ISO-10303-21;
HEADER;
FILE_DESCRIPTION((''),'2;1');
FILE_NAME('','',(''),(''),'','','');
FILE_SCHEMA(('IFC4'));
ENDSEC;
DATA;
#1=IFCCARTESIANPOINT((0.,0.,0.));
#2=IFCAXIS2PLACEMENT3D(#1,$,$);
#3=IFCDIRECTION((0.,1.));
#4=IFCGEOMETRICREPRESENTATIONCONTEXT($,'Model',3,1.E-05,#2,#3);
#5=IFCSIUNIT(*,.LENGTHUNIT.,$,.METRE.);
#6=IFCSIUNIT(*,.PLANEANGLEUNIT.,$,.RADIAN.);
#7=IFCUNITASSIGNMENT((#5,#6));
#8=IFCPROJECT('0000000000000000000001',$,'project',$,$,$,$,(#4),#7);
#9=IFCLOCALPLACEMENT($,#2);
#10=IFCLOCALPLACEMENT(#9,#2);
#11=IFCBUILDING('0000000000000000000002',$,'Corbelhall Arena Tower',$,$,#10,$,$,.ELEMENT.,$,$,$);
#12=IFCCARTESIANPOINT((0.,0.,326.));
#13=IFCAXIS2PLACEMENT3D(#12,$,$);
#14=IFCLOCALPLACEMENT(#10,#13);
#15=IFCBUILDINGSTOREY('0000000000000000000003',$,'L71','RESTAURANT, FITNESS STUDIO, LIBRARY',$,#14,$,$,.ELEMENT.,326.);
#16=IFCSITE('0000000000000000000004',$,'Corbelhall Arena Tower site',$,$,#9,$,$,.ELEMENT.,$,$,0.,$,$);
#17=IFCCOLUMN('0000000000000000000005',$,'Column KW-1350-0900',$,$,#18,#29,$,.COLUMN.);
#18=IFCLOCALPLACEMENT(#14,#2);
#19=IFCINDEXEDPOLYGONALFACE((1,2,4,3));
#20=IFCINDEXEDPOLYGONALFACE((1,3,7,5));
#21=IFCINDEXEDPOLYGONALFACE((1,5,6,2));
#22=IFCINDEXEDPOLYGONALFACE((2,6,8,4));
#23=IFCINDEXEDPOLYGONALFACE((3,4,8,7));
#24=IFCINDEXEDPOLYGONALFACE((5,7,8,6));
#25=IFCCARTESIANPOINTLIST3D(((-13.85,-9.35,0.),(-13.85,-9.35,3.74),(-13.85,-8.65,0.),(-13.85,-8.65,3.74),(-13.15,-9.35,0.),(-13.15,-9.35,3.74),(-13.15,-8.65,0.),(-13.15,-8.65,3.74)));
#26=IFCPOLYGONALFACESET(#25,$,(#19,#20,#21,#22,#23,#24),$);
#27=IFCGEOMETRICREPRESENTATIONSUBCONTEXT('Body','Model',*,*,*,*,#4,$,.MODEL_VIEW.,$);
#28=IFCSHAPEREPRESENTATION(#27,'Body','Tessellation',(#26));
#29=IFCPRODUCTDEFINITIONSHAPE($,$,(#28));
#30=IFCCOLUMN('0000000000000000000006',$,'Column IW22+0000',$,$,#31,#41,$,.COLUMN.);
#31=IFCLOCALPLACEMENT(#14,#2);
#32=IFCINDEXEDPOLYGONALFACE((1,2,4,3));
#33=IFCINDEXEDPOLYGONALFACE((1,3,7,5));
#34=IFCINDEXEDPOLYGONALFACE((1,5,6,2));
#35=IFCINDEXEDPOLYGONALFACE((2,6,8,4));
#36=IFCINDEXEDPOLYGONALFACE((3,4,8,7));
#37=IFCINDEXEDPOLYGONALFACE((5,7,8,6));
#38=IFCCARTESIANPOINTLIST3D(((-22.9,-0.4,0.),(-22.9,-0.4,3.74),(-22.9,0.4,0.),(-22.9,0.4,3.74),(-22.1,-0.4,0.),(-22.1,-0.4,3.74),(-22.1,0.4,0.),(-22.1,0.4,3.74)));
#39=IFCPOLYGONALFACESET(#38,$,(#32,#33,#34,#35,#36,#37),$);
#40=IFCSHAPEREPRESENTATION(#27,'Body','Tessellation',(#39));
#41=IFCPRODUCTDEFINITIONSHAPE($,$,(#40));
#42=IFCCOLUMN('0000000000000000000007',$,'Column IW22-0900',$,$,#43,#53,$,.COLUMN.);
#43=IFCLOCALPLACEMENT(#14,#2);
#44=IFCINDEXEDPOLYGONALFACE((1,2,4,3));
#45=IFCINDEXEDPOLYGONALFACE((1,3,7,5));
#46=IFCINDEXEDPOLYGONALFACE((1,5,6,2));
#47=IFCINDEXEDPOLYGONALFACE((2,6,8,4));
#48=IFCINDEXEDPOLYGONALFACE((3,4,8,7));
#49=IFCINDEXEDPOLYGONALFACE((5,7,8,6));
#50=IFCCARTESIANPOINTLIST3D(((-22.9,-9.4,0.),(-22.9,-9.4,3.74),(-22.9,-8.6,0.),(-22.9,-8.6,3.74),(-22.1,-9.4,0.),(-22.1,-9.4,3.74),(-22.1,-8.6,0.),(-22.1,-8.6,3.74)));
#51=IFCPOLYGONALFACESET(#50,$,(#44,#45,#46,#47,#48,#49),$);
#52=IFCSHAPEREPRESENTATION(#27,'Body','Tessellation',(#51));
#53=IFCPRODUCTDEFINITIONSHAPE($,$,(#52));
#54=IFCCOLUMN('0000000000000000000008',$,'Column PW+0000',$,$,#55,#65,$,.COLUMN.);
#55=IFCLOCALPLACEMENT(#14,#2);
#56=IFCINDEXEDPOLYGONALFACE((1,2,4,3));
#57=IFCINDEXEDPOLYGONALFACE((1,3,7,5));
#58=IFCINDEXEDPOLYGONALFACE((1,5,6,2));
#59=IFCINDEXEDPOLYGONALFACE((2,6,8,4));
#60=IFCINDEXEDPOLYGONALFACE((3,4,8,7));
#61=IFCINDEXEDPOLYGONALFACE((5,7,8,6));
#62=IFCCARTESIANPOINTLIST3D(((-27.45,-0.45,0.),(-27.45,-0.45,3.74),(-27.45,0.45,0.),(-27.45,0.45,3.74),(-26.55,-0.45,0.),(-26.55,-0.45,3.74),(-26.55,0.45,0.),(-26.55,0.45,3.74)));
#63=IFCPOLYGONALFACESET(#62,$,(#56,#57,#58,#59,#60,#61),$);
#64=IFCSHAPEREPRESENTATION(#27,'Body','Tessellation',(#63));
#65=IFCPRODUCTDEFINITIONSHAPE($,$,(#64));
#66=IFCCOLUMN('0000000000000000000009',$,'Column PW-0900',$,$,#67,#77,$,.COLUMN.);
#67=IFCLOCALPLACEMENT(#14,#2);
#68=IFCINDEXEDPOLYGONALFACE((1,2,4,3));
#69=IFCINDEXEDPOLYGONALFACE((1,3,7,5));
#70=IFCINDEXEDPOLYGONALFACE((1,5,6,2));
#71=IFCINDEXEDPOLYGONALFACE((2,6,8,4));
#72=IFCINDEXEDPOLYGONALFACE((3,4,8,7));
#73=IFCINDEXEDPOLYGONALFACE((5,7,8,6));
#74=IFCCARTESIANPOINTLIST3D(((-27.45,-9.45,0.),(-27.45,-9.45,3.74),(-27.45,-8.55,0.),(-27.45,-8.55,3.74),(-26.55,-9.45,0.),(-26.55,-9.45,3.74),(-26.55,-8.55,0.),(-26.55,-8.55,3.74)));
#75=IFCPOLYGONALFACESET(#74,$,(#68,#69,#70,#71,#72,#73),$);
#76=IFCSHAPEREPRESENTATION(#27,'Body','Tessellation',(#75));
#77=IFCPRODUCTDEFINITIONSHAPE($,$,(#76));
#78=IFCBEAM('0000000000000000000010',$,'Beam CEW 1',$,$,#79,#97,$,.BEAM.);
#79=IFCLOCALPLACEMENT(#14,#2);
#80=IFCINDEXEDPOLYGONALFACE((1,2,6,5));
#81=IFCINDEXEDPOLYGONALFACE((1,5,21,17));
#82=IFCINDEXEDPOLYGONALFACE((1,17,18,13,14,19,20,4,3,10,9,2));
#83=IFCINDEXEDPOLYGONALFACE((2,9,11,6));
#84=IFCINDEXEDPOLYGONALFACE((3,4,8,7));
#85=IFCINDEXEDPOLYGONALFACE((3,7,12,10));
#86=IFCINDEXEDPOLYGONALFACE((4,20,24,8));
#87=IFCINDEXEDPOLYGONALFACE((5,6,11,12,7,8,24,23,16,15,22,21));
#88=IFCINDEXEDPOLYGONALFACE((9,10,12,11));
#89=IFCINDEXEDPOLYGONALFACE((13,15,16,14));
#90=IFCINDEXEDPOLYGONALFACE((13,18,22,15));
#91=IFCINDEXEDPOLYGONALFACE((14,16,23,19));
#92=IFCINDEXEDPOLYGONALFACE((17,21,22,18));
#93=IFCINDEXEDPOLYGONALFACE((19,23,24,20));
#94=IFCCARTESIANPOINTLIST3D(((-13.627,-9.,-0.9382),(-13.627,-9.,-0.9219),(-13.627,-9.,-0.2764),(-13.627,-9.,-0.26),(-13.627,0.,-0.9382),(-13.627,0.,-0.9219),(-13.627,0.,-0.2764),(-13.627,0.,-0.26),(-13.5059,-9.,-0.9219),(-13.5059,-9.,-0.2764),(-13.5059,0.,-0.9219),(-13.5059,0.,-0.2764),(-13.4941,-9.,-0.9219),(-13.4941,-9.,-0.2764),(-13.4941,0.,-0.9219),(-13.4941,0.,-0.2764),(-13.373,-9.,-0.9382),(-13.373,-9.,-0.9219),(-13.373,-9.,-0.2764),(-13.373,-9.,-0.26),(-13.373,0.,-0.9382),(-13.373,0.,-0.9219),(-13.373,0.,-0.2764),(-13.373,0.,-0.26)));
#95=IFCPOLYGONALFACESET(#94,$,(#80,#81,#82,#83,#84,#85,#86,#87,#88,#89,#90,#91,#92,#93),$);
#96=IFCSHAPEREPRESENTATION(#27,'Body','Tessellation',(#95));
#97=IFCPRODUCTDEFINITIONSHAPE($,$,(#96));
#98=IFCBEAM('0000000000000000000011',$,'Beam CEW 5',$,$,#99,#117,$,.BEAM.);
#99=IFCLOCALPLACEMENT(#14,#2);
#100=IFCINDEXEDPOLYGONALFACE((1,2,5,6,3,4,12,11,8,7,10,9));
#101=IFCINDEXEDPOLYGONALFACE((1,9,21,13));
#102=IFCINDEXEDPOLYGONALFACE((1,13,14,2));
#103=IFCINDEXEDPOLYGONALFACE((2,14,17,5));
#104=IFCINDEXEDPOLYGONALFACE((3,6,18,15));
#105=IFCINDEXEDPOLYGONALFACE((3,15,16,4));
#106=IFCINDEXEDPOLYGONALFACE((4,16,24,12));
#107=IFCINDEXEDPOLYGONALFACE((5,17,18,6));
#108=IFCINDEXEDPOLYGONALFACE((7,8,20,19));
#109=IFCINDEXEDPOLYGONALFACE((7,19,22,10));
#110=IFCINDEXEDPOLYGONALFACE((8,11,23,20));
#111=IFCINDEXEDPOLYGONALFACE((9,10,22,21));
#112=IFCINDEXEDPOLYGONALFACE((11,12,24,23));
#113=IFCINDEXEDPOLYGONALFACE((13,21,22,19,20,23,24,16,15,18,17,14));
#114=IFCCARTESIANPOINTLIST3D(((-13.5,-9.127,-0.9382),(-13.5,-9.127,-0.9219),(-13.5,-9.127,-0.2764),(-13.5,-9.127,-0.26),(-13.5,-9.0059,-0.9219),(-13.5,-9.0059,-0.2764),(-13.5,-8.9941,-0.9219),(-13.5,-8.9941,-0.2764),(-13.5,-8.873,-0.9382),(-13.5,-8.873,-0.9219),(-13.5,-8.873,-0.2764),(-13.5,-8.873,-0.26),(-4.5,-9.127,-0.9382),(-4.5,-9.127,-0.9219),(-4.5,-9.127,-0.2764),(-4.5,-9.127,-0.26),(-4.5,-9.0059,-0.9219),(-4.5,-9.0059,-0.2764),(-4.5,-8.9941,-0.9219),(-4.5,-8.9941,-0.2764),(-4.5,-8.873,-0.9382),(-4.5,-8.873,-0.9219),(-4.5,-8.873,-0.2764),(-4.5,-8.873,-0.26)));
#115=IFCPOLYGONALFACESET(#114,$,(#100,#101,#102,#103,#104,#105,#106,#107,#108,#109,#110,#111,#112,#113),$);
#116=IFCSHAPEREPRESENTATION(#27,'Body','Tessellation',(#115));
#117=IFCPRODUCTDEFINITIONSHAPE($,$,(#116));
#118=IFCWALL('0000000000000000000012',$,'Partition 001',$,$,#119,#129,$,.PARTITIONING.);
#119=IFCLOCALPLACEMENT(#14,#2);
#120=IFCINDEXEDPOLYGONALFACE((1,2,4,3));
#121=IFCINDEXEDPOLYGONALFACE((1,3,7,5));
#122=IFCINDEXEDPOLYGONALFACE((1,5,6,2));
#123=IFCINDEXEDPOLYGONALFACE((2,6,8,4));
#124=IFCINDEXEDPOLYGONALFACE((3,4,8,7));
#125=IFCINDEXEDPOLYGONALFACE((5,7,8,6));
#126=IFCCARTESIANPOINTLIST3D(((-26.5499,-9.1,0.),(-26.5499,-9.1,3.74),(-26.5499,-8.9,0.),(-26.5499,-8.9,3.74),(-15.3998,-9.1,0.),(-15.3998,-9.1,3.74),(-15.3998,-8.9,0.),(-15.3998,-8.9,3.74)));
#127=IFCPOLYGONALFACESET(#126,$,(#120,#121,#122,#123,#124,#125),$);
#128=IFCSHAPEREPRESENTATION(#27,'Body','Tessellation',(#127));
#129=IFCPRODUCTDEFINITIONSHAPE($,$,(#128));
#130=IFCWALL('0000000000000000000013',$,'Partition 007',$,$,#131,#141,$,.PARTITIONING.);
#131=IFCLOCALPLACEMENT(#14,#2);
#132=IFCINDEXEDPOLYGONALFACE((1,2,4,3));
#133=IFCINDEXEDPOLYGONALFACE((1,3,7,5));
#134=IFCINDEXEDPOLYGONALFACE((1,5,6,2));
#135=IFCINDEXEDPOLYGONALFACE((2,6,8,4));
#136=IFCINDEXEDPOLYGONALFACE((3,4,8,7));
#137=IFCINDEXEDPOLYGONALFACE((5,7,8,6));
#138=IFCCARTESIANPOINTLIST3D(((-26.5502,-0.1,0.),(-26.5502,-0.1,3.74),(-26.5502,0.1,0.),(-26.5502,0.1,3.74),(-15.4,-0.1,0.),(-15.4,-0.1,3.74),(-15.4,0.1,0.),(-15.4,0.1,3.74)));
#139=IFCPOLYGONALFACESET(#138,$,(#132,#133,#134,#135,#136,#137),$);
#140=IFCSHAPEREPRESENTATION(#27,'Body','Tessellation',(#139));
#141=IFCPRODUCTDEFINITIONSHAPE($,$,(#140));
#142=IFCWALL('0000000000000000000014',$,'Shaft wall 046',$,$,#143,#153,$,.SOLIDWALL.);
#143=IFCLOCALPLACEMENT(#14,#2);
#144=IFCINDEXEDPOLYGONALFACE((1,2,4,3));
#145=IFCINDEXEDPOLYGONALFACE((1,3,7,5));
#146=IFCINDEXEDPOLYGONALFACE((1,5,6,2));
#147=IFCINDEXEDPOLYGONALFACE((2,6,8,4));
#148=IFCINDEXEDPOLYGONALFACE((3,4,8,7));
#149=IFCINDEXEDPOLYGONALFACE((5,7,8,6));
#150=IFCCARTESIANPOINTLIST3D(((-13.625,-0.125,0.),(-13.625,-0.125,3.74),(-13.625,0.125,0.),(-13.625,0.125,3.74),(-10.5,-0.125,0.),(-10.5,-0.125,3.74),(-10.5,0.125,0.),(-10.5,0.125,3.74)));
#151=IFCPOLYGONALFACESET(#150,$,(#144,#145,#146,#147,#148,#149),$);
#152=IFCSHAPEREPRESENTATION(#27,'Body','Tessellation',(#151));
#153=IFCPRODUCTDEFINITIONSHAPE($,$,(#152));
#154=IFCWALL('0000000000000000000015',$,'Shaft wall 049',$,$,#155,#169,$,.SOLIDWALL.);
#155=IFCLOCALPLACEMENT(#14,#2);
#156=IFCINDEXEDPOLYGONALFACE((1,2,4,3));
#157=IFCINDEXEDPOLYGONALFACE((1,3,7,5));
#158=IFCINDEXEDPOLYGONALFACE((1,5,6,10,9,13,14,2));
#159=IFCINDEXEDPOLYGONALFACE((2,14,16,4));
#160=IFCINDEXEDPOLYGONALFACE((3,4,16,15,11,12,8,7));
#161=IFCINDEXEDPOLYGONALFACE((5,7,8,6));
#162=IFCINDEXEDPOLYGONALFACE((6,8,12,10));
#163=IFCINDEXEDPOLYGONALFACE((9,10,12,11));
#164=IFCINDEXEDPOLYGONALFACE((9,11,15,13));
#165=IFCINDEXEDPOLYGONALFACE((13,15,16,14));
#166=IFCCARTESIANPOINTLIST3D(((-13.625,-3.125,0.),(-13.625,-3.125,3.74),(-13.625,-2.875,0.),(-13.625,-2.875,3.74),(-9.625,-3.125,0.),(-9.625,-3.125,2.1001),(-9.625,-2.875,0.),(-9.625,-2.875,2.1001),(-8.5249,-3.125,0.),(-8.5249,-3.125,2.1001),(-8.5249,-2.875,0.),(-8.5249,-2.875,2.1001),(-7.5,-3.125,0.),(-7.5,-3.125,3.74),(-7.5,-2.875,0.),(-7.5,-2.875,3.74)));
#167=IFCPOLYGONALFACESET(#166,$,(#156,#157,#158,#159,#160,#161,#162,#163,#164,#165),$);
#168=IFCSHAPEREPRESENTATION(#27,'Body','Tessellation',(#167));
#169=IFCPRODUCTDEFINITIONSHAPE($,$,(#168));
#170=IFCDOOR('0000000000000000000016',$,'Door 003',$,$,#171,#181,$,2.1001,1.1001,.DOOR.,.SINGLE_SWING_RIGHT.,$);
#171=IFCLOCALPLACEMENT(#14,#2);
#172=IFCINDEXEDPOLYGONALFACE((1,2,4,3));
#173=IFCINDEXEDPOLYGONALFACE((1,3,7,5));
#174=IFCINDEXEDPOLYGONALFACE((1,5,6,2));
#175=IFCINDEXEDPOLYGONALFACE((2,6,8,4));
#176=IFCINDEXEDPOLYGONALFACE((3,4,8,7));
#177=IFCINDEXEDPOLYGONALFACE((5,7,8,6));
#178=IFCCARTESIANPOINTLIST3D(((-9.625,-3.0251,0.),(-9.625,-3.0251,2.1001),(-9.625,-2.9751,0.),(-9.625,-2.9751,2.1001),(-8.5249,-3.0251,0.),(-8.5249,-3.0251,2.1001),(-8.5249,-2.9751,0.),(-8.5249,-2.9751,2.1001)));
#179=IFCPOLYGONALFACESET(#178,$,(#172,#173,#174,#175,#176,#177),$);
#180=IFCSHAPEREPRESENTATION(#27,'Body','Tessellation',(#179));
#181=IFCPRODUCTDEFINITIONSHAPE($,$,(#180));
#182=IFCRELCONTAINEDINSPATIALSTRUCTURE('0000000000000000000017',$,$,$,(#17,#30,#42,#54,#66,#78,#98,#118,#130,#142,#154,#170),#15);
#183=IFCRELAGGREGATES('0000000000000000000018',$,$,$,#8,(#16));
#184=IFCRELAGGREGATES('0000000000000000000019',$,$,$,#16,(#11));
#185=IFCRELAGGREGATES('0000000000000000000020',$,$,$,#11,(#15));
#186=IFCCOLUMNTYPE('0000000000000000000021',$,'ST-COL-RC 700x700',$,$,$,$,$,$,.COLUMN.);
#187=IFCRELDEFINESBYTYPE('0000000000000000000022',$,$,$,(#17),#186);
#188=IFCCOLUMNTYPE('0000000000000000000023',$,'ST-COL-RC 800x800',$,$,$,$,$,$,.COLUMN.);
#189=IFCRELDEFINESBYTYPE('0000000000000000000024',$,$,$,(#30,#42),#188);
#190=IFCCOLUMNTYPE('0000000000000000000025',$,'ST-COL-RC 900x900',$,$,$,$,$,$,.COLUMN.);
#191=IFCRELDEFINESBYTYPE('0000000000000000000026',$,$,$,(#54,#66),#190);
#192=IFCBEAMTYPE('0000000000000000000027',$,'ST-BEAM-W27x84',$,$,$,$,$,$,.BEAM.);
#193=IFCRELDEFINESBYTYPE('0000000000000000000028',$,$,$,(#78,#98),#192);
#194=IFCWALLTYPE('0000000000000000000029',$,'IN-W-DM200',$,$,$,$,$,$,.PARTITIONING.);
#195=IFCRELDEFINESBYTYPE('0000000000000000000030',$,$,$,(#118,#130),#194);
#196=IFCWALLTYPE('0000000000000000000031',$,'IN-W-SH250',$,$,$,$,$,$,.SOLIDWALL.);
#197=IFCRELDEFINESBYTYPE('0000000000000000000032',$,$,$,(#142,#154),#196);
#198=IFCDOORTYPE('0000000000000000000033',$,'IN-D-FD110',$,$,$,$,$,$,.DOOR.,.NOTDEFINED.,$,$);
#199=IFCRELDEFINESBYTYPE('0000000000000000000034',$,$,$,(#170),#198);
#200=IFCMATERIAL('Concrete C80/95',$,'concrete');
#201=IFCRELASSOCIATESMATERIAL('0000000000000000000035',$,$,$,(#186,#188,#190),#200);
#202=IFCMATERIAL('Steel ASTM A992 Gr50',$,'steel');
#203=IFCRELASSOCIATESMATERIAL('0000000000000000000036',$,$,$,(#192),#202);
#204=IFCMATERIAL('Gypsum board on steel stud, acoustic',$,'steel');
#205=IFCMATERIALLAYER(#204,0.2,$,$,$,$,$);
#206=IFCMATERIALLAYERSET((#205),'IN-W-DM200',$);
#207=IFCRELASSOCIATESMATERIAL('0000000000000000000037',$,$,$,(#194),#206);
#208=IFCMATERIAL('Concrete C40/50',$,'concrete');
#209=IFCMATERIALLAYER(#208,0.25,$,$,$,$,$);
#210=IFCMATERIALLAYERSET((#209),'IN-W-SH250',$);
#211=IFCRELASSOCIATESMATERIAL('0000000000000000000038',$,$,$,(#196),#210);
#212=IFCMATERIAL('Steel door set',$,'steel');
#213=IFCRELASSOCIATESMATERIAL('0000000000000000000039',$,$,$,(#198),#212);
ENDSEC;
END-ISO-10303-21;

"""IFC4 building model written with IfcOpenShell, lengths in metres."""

from ifc_helpers import new_model, si_unit, direction, frame, frame_2d, origin, origin_2d, place, context, subcontext, project, spatial, rectangle, i_section, extrude, material, layer, layer_set, material_profile, profile_set, type_object, element, fill, save


model = new_model("IFC4")

# Units and contexts
model_context = context("Model", 3, precision=1e-05, world=origin(), true_north=direction((0.0, 1.0)))
body_context = subcontext(model_context, "Body", "Model", "MODEL_VIEW")
ifc_project = project(units=[si_unit("LENGTHUNIT", "METRE"), si_unit("PLANEANGLEUNIT", "RADIAN")], contexts=[model_context])

# Site, building, storey
site_placement = place(None, origin())
site = spatial("IfcSite", under=ifc_project, at=site_placement, Name="Corbelhall Arena Tower site", CompositionType="ELEMENT", RefElevation=0.0)
building_placement = place(site_placement, origin())
building = spatial("IfcBuilding", under=site, at=building_placement, Name="Corbelhall Arena Tower", CompositionType="ELEMENT")
storey_placement = place(building_placement, frame((0.0, 0.0, 326.0)))
storey = spatial("IfcBuildingStorey", under=building, at=storey_placement, Name="L71", Description="RESTAURANT, FITNESS STUDIO, LIBRARY", CompositionType="ELEMENT", Elevation=326.0)

# Columns
ifc_material_1 = material(Name="Concrete C80/95", Category="concrete")
ifc_material_profile_1 = material_profile(ifc_material_1, rectangle(XDim=0.7, YDim=0.7, at=origin_2d()))
ifc_profile_set_1 = profile_set([ifc_material_profile_1], Name="Concrete C80/95")
column_type_1 = type_object("IfcColumnType", Name="ST-COL-RC 700x700", PredefinedType="COLUMN", material=ifc_profile_set_1)
column_placement = place(storey_placement, frame((-13.5, -9.0, 0.0), z_axis=(0.0, 0.0, 1.0), x_axis=(1.0, 0.0, 0.0)))
element("IfcColumn", 1, at=column_placement, inside=storey, type_object=column_type_1, Name="Column KW-1350-0900", PredefinedType="COLUMN", context=body_context, shape_type="SweptSolid", body=[
    extrude(rectangle(XDim=0.7, YDim=0.7, at=origin_2d()), origin(), (0.0, 0.0, 1.0), 3.74),
])
ifc_material_profile_2 = material_profile(ifc_material_1, rectangle(XDim=0.8, YDim=0.8, at=origin_2d()))
ifc_profile_set_2 = profile_set([ifc_material_profile_2], Name="Concrete C80/95")
column_type_2 = type_object("IfcColumnType", Name="ST-COL-RC 800x800", PredefinedType="COLUMN", material=ifc_profile_set_2)
for number, where, z_axis, x_axis, name in (
    (2, (-22.5, 0.0, 0.0), (0.0, 0.0, 1.0), (1.0, 0.0, 0.0), "Column IW22+0000"),
    (3, (-22.5, -9.0, 0.0), (0.0, 0.0, 1.0), (1.0, 0.0, 0.0), "Column IW22-0900"),
):
    element("IfcColumn", number, at=place(storey_placement, frame(where, z_axis=z_axis, x_axis=x_axis)), inside=storey, type_object=column_type_2, Name=name, PredefinedType="COLUMN", context=body_context, shape_type="SweptSolid", body=[
        extrude(rectangle(XDim=0.8, YDim=0.8, at=origin_2d()), origin(), (0.0, 0.0, 1.0), 3.74),
    ])
ifc_material_profile_3 = material_profile(ifc_material_1, rectangle(XDim=0.8999, YDim=0.8999, at=origin_2d()))
ifc_profile_set_3 = profile_set([ifc_material_profile_3], Name="Concrete C80/95")
column_type_3 = type_object("IfcColumnType", Name="ST-COL-RC 900x900", PredefinedType="COLUMN", material=ifc_profile_set_3)
for number, where, z_axis, x_axis, name in (
    (4, (-27.0, 0.0, 0.0), (0.0, 0.0, 1.0), (0.0, 1.0, 0.0), "Column PW+0000"),
    (5, (-27.0, -9.0, 0.0), (0.0, 0.0, 1.0), (0.0, 1.0, 0.0), "Column PW-0900"),
):
    element("IfcColumn", number, at=place(storey_placement, frame(where, z_axis=z_axis, x_axis=x_axis)), inside=storey, type_object=column_type_3, Name=name, PredefinedType="COLUMN", context=body_context, shape_type="SweptSolid", body=[
        extrude(rectangle(XDim=0.8999, YDim=0.8999, at=origin_2d()), origin(), (0.0, 0.0, 1.0), 3.74),
    ])

# Beams
ifc_material_2 = material(Name="Steel ASTM A992 Gr50", Category="steel")
ifc_material_profile_4 = material_profile(ifc_material_2, i_section(OverallWidth=0.2539, OverallDepth=0.6782, WebThickness=0.0117, FlangeThickness=0.0164, at=origin_2d()))
ifc_profile_set_4 = profile_set([ifc_material_profile_4], Name="Steel ASTM A992 Gr50")
beam_type = type_object("IfcBeamType", Name="ST-BEAM-W27x84", PredefinedType="BEAM", material=ifc_profile_set_4)
for number, where, z_axis, x_axis, name in (
    (6, (-13.5, -9.0, -0.5991), (0.0, 1.0, 0.0), (-1.0, 0.0, 0.0), "Beam CEW 1"),
    (7, (-13.5, -9.0, -0.5991), (1.0, 0.0, 0.0), (0.0, 1.0, 0.0), "Beam CEW 5"),
):
    element("IfcBeam", number, at=place(storey_placement, frame(where, z_axis=z_axis, x_axis=x_axis)), inside=storey, type_object=beam_type, Name=name, PredefinedType="BEAM", context=body_context, shape_type="SweptSolid", body=[
        extrude(i_section(OverallWidth=0.2539, OverallDepth=0.6782, WebThickness=0.0117, FlangeThickness=0.0164, at=origin_2d()), origin(), (0.0, 0.0, 1.0), 9.0),
    ])

# Wall
ifc_material_3 = material(Name="Gypsum board on steel stud, acoustic", Category="steel")
ifc_layer_1 = layer(ifc_material_3, 0.2)
ifc_layer_set_1 = layer_set([ifc_layer_1], Name="IN-W-DM200")
wall_type_1 = type_object("IfcWallType", Name="IN-W-DM200", PredefinedType="PARTITIONING", material=ifc_layer_set_1)
wall_1_placement = place(storey_placement, frame((-26.55, -9.0, 0.0), z_axis=(0.0, 0.0, 1.0), x_axis=(1.0, 0.0, 0.0)))
element("IfcWall", 8, at=wall_1_placement, inside=storey, type_object=wall_type_1, Name="Partition 001", PredefinedType="PARTITIONING", context=body_context, shape_type="SweptSolid", body=[
    extrude(rectangle(XDim=11.1501, YDim=0.2, at=frame_2d((5.5752, 0.0))), origin(), (0.0, 0.0, 1.0), 3.74),
])

# Shared definitions
ifc_material_4 = material(Name="Steel door set", Category="steel")

# Walls
wall_2_placement = place(storey_placement, frame((-15.3999, 0.0, 0.0), z_axis=(0.0, 0.0, 1.0), x_axis=(-1.0, 0.0, 0.0)))
element("IfcWall", 9, at=wall_2_placement, inside=storey, type_object=wall_type_1, Name="Partition 007", PredefinedType="PARTITIONING", context=body_context, shape_type="SweptSolid", body=[
    extrude(rectangle(XDim=11.1501, YDim=0.2, at=frame_2d((5.5752, 0.0))), origin(), (0.0, 0.0, 1.0), 3.74),
])
ifc_material_5 = material(Name="Concrete C40/50", Category="concrete")
ifc_layer_2 = layer(ifc_material_5, 0.25)
ifc_layer_set_2 = layer_set([ifc_layer_2], Name="IN-W-SH250")
wall_type_2 = type_object("IfcWallType", Name="IN-W-SH250", PredefinedType="SOLIDWALL", material=ifc_layer_set_2)
wall_3_placement = place(storey_placement, frame((-13.625, 0.0, 0.0), z_axis=(0.0, 0.0, 1.0), x_axis=(1.0, 0.0, 0.0)))
element("IfcWall", 10, at=wall_3_placement, inside=storey, type_object=wall_type_2, Name="Shaft wall 046", PredefinedType="SOLIDWALL", context=body_context, shape_type="SweptSolid", body=[
    extrude(rectangle(XDim=3.125, YDim=0.25, at=frame_2d((1.5625, 0.0))), origin(), (0.0, 0.0, 1.0), 3.74),
])

# Wall, opening, door
wall_4_placement = place(storey_placement, frame((-13.625, -3.0, 0.0), z_axis=(0.0, 0.0, 1.0), x_axis=(1.0, 0.0, 0.0)))
wall_4 = element("IfcWall", 11, at=wall_4_placement, inside=storey, type_object=wall_type_2, Name="Shaft wall 049", PredefinedType="SOLIDWALL", context=body_context, shape_type="SweptSolid", body=[
    extrude(rectangle(XDim=6.125, YDim=0.25, at=frame_2d((3.0625, 0.0))), origin(), (0.0, 0.0, 1.0), 3.74),
])
opening_1_placement = place(wall_4_placement, frame((4.0, 0.0, 0.0)))
opening_1 = element("IfcOpeningElement", 12, at=opening_1_placement, cuts=wall_4, PredefinedType="OPENING", context=body_context, shape_type="SweptSolid", body=[
    extrude(rectangle(XDim=1.1001, YDim=2.1001, at=frame_2d((0.55, 1.05))), frame((0.0, 0.125, 0.0), z_axis=(0.0, -1.0, 0.0), x_axis=(1.0, 0.0, 0.0)), (0.0, 0.0, 1.0), 0.25),
])
door_type_1 = type_object("IfcDoorType", Name="IN-D-FD110", OperationType="NOTDEFINED", PredefinedType="DOOR", material=ifc_material_4)
door_1_placement = place(opening_1_placement, origin())
door_1 = element("IfcDoor", 13, at=door_1_placement, inside=storey, type_object=door_type_1, Name="Door 003", OperationType="SINGLE_SWING_RIGHT", OverallHeight=2.1001, OverallWidth=1.1001, PredefinedType="DOOR", context=body_context, shape_type="SweptSolid", body=[
    extrude(rectangle(XDim=1.1001, YDim=2.1001, at=frame_2d((0.55, 1.05))), frame((0.0, 0.0249, 0.0), z_axis=(0.0, -1.0, 0.0), x_axis=(1.0, 0.0, 0.0)), (0.0, 0.0, 1.0), 0.05),
])
fill(opening_1, door_1)

save(model, "model.ifc")
